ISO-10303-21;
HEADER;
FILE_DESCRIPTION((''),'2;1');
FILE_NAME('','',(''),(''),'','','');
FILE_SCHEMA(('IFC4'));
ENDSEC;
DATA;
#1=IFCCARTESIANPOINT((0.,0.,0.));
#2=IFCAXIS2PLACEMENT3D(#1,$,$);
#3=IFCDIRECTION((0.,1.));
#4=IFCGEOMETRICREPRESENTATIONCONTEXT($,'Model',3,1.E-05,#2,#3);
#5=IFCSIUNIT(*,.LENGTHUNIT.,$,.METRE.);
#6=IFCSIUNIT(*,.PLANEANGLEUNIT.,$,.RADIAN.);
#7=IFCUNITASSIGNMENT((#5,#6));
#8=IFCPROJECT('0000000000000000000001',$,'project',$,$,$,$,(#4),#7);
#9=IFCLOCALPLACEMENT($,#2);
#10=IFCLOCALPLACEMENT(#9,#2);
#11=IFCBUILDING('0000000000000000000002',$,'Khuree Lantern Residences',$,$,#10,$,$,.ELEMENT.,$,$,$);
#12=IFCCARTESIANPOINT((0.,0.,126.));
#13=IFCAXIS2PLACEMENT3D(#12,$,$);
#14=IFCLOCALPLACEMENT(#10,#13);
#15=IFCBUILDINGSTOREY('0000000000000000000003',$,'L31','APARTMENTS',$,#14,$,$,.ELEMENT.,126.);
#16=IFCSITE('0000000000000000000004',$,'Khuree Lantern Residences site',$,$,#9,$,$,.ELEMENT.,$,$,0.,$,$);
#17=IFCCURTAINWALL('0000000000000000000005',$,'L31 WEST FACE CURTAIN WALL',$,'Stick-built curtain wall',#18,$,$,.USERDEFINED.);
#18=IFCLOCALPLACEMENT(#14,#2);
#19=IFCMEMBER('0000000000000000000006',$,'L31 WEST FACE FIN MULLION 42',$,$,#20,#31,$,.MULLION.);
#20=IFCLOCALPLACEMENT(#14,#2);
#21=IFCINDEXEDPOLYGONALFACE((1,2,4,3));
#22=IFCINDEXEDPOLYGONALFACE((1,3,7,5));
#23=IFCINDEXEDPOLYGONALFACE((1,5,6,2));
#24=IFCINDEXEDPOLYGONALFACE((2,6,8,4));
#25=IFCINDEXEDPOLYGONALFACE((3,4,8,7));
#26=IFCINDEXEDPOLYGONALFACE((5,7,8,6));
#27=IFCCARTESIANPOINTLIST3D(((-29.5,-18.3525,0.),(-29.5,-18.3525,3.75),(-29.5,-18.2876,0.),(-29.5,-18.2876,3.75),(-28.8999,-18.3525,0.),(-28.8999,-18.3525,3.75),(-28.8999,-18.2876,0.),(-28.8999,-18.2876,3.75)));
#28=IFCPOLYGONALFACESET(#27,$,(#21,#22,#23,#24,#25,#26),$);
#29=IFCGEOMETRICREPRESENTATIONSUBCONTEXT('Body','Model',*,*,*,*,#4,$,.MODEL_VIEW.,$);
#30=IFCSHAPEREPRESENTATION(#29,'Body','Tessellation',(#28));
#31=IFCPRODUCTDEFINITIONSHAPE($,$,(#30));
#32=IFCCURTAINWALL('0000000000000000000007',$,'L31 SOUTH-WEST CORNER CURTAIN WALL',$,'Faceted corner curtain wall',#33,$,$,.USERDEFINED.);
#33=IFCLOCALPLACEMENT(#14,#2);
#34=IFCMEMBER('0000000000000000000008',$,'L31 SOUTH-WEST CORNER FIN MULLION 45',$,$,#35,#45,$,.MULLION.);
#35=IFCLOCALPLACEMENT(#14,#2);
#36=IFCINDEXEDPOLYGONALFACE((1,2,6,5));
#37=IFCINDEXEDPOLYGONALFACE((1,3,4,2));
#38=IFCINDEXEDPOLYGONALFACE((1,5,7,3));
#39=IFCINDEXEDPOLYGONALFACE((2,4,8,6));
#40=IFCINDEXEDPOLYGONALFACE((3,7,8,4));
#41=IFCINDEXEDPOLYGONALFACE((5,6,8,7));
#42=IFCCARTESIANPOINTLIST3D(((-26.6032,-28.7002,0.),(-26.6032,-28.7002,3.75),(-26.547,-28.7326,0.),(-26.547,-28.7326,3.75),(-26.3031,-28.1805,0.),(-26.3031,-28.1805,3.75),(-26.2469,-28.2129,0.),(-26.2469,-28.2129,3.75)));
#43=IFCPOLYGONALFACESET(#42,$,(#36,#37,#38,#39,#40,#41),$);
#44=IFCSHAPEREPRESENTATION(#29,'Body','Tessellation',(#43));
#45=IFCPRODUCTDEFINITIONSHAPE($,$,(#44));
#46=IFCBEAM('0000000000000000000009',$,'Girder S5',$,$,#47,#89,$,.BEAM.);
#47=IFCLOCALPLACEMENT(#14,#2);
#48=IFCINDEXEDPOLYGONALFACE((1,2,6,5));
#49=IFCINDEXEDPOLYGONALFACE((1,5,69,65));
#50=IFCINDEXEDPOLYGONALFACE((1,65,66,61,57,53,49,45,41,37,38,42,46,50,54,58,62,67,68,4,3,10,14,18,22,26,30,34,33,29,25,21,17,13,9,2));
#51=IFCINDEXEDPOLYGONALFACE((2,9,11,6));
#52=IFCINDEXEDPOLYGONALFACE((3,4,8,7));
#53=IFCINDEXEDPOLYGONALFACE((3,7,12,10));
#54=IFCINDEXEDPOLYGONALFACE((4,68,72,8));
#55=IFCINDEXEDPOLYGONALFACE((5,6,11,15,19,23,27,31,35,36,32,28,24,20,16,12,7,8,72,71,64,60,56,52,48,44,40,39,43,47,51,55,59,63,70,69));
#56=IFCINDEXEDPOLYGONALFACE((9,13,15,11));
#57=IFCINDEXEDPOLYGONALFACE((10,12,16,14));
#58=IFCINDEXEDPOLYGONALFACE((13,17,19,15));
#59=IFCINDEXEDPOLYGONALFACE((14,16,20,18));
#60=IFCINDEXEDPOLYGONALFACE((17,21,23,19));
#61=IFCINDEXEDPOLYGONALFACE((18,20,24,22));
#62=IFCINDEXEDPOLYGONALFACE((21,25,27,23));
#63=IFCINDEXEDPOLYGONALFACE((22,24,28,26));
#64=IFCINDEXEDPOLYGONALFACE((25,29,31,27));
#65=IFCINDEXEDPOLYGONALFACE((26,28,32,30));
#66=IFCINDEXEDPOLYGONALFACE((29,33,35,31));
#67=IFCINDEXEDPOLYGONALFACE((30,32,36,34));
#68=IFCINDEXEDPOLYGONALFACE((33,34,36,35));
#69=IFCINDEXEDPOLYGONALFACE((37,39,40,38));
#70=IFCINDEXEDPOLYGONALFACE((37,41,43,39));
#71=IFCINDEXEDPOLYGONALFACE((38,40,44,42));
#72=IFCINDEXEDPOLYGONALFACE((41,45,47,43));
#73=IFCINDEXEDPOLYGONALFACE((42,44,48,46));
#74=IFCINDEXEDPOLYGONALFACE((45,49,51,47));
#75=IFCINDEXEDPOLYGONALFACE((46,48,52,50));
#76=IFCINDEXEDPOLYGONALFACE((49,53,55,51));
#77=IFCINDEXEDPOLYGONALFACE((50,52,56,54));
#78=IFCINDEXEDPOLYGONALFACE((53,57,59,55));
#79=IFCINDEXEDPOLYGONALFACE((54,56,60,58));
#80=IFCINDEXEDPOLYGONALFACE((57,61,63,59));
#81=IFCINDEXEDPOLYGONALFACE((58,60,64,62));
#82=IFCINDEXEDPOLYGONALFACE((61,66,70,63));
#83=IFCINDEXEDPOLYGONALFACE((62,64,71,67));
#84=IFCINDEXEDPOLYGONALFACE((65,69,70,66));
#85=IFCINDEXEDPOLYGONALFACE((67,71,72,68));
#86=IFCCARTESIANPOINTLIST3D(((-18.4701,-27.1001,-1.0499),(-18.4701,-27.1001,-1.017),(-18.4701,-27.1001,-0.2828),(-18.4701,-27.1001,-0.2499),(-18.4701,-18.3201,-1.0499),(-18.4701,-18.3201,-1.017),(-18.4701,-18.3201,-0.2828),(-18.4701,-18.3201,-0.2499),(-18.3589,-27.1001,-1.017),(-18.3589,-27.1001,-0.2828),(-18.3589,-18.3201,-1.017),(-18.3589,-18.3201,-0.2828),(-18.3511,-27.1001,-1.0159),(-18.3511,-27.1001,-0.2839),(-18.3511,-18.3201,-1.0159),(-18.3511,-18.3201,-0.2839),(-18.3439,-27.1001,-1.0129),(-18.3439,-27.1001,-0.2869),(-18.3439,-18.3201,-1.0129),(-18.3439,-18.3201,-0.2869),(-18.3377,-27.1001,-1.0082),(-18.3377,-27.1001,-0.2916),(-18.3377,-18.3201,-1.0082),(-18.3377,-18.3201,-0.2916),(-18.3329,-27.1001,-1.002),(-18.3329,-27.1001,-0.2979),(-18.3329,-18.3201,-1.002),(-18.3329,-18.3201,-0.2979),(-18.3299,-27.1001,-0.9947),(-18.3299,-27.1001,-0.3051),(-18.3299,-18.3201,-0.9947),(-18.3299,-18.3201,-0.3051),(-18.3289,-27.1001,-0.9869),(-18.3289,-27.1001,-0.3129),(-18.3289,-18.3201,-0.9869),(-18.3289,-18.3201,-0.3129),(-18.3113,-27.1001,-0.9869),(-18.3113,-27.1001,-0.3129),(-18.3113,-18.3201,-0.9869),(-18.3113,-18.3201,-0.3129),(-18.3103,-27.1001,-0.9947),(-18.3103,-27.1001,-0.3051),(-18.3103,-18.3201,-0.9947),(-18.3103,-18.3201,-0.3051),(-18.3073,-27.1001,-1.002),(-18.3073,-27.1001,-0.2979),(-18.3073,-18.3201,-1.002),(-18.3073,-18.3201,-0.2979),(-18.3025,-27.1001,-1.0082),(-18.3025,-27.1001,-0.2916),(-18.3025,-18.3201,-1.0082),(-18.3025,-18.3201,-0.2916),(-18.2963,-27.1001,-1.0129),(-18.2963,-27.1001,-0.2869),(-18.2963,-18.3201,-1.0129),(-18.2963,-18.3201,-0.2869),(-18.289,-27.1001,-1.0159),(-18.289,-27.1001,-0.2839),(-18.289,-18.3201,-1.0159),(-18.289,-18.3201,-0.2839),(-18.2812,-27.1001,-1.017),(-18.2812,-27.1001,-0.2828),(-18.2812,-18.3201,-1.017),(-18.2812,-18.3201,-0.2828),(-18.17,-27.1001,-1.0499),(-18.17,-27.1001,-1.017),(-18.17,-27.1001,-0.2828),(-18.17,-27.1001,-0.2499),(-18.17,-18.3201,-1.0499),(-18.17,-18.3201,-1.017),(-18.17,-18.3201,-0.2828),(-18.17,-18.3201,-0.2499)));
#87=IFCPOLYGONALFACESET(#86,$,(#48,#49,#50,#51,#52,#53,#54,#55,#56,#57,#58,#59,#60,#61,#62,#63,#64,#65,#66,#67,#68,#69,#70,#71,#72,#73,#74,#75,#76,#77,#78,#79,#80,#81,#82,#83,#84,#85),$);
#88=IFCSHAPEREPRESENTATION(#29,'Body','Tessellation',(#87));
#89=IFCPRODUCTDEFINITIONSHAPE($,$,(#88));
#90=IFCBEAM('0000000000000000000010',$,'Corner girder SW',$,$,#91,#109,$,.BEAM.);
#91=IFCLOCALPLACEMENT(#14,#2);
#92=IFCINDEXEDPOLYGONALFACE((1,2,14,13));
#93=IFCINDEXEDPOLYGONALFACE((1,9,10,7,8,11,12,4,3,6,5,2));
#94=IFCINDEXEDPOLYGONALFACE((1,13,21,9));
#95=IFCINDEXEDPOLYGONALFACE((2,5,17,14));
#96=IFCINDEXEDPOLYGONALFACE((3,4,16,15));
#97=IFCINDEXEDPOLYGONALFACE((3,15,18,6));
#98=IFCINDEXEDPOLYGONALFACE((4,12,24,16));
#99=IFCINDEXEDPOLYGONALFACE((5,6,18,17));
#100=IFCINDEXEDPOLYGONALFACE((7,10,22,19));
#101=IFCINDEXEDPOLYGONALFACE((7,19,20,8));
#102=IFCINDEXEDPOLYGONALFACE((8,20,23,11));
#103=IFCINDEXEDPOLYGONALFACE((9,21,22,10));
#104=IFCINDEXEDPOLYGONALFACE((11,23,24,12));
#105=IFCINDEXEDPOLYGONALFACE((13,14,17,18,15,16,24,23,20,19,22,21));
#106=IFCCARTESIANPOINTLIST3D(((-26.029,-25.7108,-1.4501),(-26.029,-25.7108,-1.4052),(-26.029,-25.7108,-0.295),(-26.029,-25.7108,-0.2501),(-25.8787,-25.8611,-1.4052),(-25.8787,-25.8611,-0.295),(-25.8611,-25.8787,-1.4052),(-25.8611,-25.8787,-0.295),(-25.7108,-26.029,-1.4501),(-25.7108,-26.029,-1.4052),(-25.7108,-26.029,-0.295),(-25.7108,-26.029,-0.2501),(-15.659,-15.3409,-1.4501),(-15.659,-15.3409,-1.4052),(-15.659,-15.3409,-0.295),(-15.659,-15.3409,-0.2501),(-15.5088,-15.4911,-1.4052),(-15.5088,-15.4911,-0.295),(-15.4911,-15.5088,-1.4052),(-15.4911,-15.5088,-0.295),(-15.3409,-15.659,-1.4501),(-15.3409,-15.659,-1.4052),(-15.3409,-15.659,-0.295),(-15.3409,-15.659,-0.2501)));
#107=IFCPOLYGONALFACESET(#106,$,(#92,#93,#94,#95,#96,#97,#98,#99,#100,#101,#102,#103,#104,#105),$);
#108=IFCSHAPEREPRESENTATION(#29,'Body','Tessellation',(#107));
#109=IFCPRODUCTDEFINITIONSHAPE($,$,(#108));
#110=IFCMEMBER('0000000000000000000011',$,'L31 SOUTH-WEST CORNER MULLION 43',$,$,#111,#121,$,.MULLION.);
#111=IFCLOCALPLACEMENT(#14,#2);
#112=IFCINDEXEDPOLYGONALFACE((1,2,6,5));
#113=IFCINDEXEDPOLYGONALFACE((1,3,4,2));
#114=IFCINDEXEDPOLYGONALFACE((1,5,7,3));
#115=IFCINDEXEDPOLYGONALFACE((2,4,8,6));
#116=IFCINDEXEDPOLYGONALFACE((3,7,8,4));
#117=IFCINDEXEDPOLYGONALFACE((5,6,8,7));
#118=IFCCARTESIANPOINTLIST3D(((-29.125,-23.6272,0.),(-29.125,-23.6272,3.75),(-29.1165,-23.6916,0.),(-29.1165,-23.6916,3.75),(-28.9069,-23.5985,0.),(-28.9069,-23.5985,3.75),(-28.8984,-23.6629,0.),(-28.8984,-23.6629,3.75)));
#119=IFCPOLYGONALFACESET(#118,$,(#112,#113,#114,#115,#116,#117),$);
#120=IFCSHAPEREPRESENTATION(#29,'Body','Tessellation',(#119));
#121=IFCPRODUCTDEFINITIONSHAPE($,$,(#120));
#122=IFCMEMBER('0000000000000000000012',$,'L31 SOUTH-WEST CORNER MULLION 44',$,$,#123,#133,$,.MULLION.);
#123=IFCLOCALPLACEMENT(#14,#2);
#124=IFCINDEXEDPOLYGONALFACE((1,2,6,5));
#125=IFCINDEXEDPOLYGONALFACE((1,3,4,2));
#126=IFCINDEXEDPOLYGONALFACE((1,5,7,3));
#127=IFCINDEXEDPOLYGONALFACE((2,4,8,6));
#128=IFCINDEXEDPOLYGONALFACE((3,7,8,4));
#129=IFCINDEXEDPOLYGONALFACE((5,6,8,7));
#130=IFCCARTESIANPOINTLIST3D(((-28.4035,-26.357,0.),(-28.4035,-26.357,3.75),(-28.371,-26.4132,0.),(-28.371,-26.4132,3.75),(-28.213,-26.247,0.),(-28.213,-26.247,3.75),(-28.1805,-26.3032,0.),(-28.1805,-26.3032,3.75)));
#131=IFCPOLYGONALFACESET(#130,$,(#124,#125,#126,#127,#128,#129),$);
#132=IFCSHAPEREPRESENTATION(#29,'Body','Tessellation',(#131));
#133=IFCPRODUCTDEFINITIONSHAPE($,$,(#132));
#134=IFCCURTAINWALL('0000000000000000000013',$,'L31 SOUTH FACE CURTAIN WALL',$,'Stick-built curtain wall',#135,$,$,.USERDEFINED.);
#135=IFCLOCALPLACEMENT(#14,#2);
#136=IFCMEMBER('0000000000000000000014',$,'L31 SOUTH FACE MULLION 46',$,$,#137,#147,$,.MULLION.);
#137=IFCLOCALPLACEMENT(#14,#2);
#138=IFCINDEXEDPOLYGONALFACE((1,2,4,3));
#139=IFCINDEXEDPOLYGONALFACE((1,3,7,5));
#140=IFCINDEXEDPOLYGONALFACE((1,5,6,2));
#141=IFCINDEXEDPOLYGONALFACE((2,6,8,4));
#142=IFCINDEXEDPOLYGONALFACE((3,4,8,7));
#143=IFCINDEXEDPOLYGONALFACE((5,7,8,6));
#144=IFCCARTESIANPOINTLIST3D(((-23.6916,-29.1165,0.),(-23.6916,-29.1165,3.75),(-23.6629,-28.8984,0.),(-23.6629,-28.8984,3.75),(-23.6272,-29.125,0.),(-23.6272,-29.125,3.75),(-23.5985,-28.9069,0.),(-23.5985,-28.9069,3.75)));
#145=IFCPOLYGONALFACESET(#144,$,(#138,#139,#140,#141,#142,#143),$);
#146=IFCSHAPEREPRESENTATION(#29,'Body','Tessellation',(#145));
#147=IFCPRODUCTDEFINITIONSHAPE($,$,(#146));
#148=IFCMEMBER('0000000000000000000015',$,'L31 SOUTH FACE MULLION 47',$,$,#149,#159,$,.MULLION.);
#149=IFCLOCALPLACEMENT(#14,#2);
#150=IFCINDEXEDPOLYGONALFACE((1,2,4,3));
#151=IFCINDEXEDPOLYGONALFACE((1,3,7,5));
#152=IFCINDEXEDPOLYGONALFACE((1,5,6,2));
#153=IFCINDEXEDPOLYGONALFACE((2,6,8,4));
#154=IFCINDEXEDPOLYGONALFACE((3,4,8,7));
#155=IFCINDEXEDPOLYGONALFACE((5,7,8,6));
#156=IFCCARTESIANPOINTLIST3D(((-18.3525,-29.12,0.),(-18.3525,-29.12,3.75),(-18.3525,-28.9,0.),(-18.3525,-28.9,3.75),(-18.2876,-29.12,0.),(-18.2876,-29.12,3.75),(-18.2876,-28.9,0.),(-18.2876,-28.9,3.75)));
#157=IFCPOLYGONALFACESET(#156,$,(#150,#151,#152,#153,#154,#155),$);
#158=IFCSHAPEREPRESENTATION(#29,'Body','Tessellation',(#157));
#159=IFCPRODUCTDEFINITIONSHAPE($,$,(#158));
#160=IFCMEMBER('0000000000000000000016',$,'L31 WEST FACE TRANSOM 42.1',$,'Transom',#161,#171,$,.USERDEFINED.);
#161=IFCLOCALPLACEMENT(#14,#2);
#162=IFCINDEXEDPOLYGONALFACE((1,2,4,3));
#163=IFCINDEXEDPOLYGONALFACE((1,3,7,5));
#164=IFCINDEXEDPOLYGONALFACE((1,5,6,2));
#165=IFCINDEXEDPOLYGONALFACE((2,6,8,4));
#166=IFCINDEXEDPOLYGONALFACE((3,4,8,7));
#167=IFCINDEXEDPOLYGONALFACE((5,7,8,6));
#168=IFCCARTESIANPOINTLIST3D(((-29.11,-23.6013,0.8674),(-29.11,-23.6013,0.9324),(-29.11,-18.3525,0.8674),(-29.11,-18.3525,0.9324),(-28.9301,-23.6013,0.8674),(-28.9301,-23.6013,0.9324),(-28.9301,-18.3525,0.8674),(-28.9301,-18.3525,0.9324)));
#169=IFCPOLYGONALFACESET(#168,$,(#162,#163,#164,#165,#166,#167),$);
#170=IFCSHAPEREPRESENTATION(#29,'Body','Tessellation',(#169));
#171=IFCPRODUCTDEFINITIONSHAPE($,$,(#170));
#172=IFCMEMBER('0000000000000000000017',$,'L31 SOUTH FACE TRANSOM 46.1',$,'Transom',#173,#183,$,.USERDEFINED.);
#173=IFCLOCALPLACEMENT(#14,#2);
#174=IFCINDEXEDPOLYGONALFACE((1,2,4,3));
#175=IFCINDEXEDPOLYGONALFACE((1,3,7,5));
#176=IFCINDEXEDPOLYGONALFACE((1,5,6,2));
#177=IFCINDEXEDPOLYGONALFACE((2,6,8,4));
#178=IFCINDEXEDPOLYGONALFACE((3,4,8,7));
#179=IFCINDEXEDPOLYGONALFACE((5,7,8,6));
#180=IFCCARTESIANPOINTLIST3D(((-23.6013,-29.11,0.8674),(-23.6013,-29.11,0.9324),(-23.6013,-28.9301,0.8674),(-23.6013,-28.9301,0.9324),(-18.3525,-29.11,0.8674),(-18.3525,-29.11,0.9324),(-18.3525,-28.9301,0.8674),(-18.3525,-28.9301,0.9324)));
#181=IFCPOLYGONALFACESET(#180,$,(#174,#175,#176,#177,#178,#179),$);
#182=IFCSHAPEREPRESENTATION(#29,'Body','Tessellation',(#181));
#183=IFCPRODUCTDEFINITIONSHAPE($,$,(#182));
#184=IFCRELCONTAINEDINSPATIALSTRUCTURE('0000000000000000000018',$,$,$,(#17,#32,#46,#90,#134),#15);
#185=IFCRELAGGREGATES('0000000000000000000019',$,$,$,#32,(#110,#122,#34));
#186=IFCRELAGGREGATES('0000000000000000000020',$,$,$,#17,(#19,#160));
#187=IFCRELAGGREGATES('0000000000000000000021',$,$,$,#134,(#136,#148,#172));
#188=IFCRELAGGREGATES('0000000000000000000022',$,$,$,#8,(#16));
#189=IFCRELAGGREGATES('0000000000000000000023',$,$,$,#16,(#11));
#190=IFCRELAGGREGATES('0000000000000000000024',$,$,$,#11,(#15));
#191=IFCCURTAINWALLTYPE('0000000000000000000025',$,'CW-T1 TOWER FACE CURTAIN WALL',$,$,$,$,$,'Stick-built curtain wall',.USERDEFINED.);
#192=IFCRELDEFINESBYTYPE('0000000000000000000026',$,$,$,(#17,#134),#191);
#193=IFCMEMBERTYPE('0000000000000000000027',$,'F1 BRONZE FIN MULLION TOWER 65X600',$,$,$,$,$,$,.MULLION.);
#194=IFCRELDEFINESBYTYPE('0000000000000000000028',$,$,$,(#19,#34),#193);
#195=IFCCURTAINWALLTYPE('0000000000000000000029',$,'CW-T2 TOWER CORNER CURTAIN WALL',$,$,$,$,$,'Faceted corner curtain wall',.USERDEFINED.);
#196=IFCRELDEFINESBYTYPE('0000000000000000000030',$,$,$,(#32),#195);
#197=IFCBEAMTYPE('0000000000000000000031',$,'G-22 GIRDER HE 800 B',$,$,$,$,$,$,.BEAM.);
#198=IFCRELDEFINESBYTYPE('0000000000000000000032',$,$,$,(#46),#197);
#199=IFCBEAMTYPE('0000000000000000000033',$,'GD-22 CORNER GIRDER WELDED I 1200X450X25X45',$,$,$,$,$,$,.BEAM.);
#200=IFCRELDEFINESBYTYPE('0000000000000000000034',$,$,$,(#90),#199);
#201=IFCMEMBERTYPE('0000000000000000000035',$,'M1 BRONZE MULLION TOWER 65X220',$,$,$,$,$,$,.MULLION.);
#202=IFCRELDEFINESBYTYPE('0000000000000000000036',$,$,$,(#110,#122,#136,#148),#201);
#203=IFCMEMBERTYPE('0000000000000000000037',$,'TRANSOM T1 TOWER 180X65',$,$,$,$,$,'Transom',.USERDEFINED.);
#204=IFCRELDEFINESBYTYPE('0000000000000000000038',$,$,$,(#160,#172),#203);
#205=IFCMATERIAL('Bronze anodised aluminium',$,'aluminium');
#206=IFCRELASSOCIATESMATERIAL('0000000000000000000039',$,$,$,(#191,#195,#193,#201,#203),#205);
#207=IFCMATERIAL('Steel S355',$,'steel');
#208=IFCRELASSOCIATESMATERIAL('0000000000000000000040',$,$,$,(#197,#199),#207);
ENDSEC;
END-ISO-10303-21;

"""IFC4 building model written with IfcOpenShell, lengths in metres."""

from ifc_helpers import new_model, si_unit, direction, frame, origin, origin_2d, place, context, subcontext, project, spatial, rectangle, i_section, extrude, material, material_profile, profile_set, type_object, element, aggregate, save


model = new_model("IFC4")

# Units and contexts
model_context = context("Model", 3, precision=1e-05, world=origin(), true_north=direction((0.0, 1.0)))
body_context = subcontext(model_context, "Body", "Model", "MODEL_VIEW")
ifc_project = project(units=[si_unit("LENGTHUNIT", "METRE"), si_unit("PLANEANGLEUNIT", "RADIAN")], contexts=[model_context])

# Site, building, storey
site_placement = place(None, origin())
site = spatial("IfcSite", under=ifc_project, at=site_placement, Name="Khuree Lantern Residences site", CompositionType="ELEMENT", RefElevation=0.0)
building_placement = place(site_placement, origin())
building = spatial("IfcBuilding", under=site, at=building_placement, Name="Khuree Lantern Residences", CompositionType="ELEMENT")
storey_placement = place(building_placement, frame((0.0, 0.0, 126.0)))
storey = spatial("IfcBuildingStorey", under=building, at=storey_placement, Name="L31", Description="APARTMENTS", CompositionType="ELEMENT", Elevation=126.0)

# Shared definitions
ifc_material_1 = material(Name="Steel S355", Category="steel")

# Curtain walls, members
ifc_material_2 = material(Name="Bronze anodised aluminium", Category="aluminium")
curtain_wall_type_1 = type_object("IfcCurtainWallType", Name="CW-T1 TOWER FACE CURTAIN WALL", ElementType="Stick-built curtain wall", PredefinedType="USERDEFINED", material=ifc_material_2)
curtain_wall_1_placement = place(storey_placement, origin())
curtain_wall_1 = element("IfcCurtainWall", 1, at=curtain_wall_1_placement, inside=storey, type_object=curtain_wall_type_1, Name="L31 WEST FACE CURTAIN WALL", ObjectType="Stick-built curtain wall", PredefinedType="USERDEFINED")
ifc_material_profile_1 = material_profile(ifc_material_2, rectangle(XDim=0.0649, YDim=0.6001, at=origin_2d()), Name="F1 65X600")
ifc_profile_set_1 = profile_set([ifc_material_profile_1], Name="Bronze anodised aluminium")
member_type_1 = type_object("IfcMemberType", Name="F1 BRONZE FIN MULLION TOWER 65X600", PredefinedType="MULLION", material=ifc_profile_set_1)
member_1_placement = place(storey_placement, frame((-29.2, -18.3201, 0.0), z_axis=(0.0, 0.0, 1.0), x_axis=(0.0, -1.0, 0.0)))
member_1 = element("IfcMember", 2, at=member_1_placement, type_object=member_type_1, Name="L31 WEST FACE FIN MULLION 42", PredefinedType="MULLION", context=body_context, shape_type="SweptSolid", body=[
    extrude(rectangle(XDim=0.0649, YDim=0.6001, at=origin_2d()), origin(), (0.0, 0.0, 1.0), 3.75),
])
curtain_wall_type_2 = type_object("IfcCurtainWallType", Name="CW-T2 TOWER CORNER CURTAIN WALL", ElementType="Faceted corner curtain wall", PredefinedType="USERDEFINED", material=ifc_material_2)
curtain_wall_2_placement = place(storey_placement, origin())
curtain_wall_2 = element("IfcCurtainWall", 3, at=curtain_wall_2_placement, inside=storey, type_object=curtain_wall_type_2, Name="L31 SOUTH-WEST CORNER CURTAIN WALL", ObjectType="Faceted corner curtain wall", PredefinedType="USERDEFINED")
member_2_placement = place(storey_placement, frame((-26.425, -28.4565, 0.0), z_axis=(0.0, 0.0, 1.0), x_axis=(0.866025, -0.5, 0.0)))
member_2 = element("IfcMember", 4, at=member_2_placement, type_object=member_type_1, Name="L31 SOUTH-WEST CORNER FIN MULLION 45", PredefinedType="MULLION", context=body_context, shape_type="SweptSolid", body=[
    extrude(rectangle(XDim=0.0649, YDim=0.6001, at=origin_2d()), origin(), (0.0, 0.0, 1.0), 3.75),
])

# Beams
ifc_material_profile_2 = material_profile(ifc_material_1, i_section(OverallWidth=0.3, OverallDepth=0.8, WebThickness=0.0176, FlangeThickness=0.033, FilletRadius=0.03, at=origin_2d()), Name="HE 800 B")
ifc_profile_set_2 = profile_set([ifc_material_profile_2], Name="Steel S355")
beam_type_1 = type_object("IfcBeamType", Name="G-22 GIRDER HE 800 B", PredefinedType="BEAM", material=ifc_profile_set_2)
beam_1_placement = place(storey_placement, frame((-18.3201, -27.1001, -0.6499), z_axis=(0.0, 1.0, 0.0), x_axis=(-1.0, 0.0, 0.0)))
element("IfcBeam", 5, at=beam_1_placement, inside=storey, type_object=beam_type_1, Name="Girder S5", PredefinedType="BEAM", context=body_context, shape_type="SweptSolid", body=[
    extrude(i_section(OverallWidth=0.3, OverallDepth=0.8, WebThickness=0.0176, FlangeThickness=0.033, FilletRadius=0.03, at=origin_2d()), origin(), (0.0, 0.0, 1.0), 8.78),
])
ifc_material_profile_3 = material_profile(ifc_material_1, i_section(OverallWidth=0.45, OverallDepth=1.2, WebThickness=0.0249, FlangeThickness=0.0449, at=origin_2d()), Name="WELDED I 1200X450X25X45")
ifc_profile_set_3 = profile_set([ifc_material_profile_3], Name="Steel S355")
beam_type_2 = type_object("IfcBeamType", Name="GD-22 CORNER GIRDER WELDED I 1200X450X25X45", PredefinedType="BEAM", material=ifc_profile_set_3)
beam_2_placement = place(storey_placement, frame((-25.8699, -25.8699, -0.8501), z_axis=(0.707107, 0.707107, 0.0), x_axis=(-0.707107, 0.707107, 0.0)))
element("IfcBeam", 6, at=beam_2_placement, inside=storey, type_object=beam_type_2, Name="Corner girder SW", PredefinedType="BEAM", context=body_context, shape_type="SweptSolid", body=[
    extrude(i_section(OverallWidth=0.45, OverallDepth=1.2, WebThickness=0.0249, FlangeThickness=0.0449, at=origin_2d()), origin(), (0.0, 0.0, 1.0), 14.6653),
])

# Members
ifc_material_profile_4 = material_profile(ifc_material_2, rectangle(XDim=0.0649, YDim=0.22, at=origin_2d()), Name="M1 65X220")
ifc_profile_set_4 = profile_set([ifc_material_profile_4], Name="Bronze anodised aluminium")
member_type_2 = type_object("IfcMemberType", Name="M1 BRONZE MULLION TOWER 65X220", PredefinedType="MULLION", material=ifc_profile_set_4)
member_3_placement = place(storey_placement, frame((-29.0117, -23.645, 0.0), z_axis=(0.0, 0.0, 1.0), x_axis=(0.130526, -0.991445, 0.0)))
member_3 = element("IfcMember", 7, at=member_3_placement, type_object=member_type_2, Name="L31 SOUTH-WEST CORNER MULLION 43", PredefinedType="MULLION", context=body_context, shape_type="SweptSolid", body=[
    extrude(rectangle(XDim=0.0649, YDim=0.22, at=origin_2d()), origin(), (0.0, 0.0, 1.0), 3.75),
])
member_4_placement = place(storey_placement, frame((-28.292, -26.3301, 0.0), z_axis=(0.0, 0.0, 1.0), x_axis=(0.5, -0.866025, 0.0)))
member_4 = element("IfcMember", 8, at=member_4_placement, type_object=member_type_2, Name="L31 SOUTH-WEST CORNER MULLION 44", PredefinedType="MULLION", context=body_context, shape_type="SweptSolid", body=[
    extrude(rectangle(XDim=0.0649, YDim=0.22, at=origin_2d()), origin(), (0.0, 0.0, 1.0), 3.75),
])

# Curtain wall, members
curtain_wall_3_placement = place(storey_placement, origin())
curtain_wall_3 = element("IfcCurtainWall", 9, at=curtain_wall_3_placement, inside=storey, type_object=curtain_wall_type_1, Name="L31 SOUTH FACE CURTAIN WALL", ObjectType="Stick-built curtain wall", PredefinedType="USERDEFINED")
member_5_placement = place(storey_placement, frame((-23.645, -29.0117, 0.0), z_axis=(0.0, 0.0, 1.0), x_axis=(0.991445, -0.130526, 0.0)))
member_5 = element("IfcMember", 10, at=member_5_placement, type_object=member_type_2, Name="L31 SOUTH FACE MULLION 46", PredefinedType="MULLION", context=body_context, shape_type="SweptSolid", body=[
    extrude(rectangle(XDim=0.0649, YDim=0.22, at=origin_2d()), origin(), (0.0, 0.0, 1.0), 3.75),
])
member_6_placement = place(storey_placement, frame((-18.3201, -29.01, 0.0), z_axis=(0.0, 0.0, 1.0), x_axis=(1.0, 0.0, 0.0)))
member_6 = element("IfcMember", 11, at=member_6_placement, type_object=member_type_2, Name="L31 SOUTH FACE MULLION 47", PredefinedType="MULLION", context=body_context, shape_type="SweptSolid", body=[
    extrude(rectangle(XDim=0.0649, YDim=0.22, at=origin_2d()), origin(), (0.0, 0.0, 1.0), 3.75),
])

# Members
ifc_material_profile_5 = material_profile(ifc_material_2, rectangle(XDim=0.1799, YDim=0.0649, at=origin_2d()), Name="T1 180X65")
ifc_profile_set_5 = profile_set([ifc_material_profile_5], Name="Bronze anodised aluminium")
member_type_3 = type_object("IfcMemberType", Name="TRANSOM T1 TOWER 180X65", ElementType="Transom", PredefinedType="USERDEFINED", material=ifc_profile_set_5)
member_7_placement = place(storey_placement, frame((-29.02, -18.3525, 0.8999), z_axis=(0.0, -1.0, 0.0), x_axis=(1.0, 0.0, 0.0)))
member_7 = element("IfcMember", 12, at=member_7_placement, type_object=member_type_3, Name="L31 WEST FACE TRANSOM 42.1", ObjectType="Transom", PredefinedType="USERDEFINED", context=body_context, shape_type="SweptSolid", body=[
    extrude(rectangle(XDim=0.1799, YDim=0.0649, at=origin_2d()), origin(), (0.0, 0.0, 1.0), 5.2488),
])
member_8_placement = place(storey_placement, frame((-23.6013, -29.02, 0.8999), z_axis=(1.0, 0.0, 0.0), x_axis=(0.0, 1.0, 0.0)))
member_8 = element("IfcMember", 13, at=member_8_placement, type_object=member_type_3, Name="L31 SOUTH FACE TRANSOM 46.1", ObjectType="Transom", PredefinedType="USERDEFINED", context=body_context, shape_type="SweptSolid", body=[
    extrude(rectangle(XDim=0.1799, YDim=0.0649, at=origin_2d()), origin(), (0.0, 0.0, 1.0), 5.2488),
])

aggregate(curtain_wall_2, [member_3, member_4, member_2])
aggregate(curtain_wall_1, [member_1, member_7])
aggregate(curtain_wall_3, [member_5, member_6, member_8])

save(model, "model.ifc")
